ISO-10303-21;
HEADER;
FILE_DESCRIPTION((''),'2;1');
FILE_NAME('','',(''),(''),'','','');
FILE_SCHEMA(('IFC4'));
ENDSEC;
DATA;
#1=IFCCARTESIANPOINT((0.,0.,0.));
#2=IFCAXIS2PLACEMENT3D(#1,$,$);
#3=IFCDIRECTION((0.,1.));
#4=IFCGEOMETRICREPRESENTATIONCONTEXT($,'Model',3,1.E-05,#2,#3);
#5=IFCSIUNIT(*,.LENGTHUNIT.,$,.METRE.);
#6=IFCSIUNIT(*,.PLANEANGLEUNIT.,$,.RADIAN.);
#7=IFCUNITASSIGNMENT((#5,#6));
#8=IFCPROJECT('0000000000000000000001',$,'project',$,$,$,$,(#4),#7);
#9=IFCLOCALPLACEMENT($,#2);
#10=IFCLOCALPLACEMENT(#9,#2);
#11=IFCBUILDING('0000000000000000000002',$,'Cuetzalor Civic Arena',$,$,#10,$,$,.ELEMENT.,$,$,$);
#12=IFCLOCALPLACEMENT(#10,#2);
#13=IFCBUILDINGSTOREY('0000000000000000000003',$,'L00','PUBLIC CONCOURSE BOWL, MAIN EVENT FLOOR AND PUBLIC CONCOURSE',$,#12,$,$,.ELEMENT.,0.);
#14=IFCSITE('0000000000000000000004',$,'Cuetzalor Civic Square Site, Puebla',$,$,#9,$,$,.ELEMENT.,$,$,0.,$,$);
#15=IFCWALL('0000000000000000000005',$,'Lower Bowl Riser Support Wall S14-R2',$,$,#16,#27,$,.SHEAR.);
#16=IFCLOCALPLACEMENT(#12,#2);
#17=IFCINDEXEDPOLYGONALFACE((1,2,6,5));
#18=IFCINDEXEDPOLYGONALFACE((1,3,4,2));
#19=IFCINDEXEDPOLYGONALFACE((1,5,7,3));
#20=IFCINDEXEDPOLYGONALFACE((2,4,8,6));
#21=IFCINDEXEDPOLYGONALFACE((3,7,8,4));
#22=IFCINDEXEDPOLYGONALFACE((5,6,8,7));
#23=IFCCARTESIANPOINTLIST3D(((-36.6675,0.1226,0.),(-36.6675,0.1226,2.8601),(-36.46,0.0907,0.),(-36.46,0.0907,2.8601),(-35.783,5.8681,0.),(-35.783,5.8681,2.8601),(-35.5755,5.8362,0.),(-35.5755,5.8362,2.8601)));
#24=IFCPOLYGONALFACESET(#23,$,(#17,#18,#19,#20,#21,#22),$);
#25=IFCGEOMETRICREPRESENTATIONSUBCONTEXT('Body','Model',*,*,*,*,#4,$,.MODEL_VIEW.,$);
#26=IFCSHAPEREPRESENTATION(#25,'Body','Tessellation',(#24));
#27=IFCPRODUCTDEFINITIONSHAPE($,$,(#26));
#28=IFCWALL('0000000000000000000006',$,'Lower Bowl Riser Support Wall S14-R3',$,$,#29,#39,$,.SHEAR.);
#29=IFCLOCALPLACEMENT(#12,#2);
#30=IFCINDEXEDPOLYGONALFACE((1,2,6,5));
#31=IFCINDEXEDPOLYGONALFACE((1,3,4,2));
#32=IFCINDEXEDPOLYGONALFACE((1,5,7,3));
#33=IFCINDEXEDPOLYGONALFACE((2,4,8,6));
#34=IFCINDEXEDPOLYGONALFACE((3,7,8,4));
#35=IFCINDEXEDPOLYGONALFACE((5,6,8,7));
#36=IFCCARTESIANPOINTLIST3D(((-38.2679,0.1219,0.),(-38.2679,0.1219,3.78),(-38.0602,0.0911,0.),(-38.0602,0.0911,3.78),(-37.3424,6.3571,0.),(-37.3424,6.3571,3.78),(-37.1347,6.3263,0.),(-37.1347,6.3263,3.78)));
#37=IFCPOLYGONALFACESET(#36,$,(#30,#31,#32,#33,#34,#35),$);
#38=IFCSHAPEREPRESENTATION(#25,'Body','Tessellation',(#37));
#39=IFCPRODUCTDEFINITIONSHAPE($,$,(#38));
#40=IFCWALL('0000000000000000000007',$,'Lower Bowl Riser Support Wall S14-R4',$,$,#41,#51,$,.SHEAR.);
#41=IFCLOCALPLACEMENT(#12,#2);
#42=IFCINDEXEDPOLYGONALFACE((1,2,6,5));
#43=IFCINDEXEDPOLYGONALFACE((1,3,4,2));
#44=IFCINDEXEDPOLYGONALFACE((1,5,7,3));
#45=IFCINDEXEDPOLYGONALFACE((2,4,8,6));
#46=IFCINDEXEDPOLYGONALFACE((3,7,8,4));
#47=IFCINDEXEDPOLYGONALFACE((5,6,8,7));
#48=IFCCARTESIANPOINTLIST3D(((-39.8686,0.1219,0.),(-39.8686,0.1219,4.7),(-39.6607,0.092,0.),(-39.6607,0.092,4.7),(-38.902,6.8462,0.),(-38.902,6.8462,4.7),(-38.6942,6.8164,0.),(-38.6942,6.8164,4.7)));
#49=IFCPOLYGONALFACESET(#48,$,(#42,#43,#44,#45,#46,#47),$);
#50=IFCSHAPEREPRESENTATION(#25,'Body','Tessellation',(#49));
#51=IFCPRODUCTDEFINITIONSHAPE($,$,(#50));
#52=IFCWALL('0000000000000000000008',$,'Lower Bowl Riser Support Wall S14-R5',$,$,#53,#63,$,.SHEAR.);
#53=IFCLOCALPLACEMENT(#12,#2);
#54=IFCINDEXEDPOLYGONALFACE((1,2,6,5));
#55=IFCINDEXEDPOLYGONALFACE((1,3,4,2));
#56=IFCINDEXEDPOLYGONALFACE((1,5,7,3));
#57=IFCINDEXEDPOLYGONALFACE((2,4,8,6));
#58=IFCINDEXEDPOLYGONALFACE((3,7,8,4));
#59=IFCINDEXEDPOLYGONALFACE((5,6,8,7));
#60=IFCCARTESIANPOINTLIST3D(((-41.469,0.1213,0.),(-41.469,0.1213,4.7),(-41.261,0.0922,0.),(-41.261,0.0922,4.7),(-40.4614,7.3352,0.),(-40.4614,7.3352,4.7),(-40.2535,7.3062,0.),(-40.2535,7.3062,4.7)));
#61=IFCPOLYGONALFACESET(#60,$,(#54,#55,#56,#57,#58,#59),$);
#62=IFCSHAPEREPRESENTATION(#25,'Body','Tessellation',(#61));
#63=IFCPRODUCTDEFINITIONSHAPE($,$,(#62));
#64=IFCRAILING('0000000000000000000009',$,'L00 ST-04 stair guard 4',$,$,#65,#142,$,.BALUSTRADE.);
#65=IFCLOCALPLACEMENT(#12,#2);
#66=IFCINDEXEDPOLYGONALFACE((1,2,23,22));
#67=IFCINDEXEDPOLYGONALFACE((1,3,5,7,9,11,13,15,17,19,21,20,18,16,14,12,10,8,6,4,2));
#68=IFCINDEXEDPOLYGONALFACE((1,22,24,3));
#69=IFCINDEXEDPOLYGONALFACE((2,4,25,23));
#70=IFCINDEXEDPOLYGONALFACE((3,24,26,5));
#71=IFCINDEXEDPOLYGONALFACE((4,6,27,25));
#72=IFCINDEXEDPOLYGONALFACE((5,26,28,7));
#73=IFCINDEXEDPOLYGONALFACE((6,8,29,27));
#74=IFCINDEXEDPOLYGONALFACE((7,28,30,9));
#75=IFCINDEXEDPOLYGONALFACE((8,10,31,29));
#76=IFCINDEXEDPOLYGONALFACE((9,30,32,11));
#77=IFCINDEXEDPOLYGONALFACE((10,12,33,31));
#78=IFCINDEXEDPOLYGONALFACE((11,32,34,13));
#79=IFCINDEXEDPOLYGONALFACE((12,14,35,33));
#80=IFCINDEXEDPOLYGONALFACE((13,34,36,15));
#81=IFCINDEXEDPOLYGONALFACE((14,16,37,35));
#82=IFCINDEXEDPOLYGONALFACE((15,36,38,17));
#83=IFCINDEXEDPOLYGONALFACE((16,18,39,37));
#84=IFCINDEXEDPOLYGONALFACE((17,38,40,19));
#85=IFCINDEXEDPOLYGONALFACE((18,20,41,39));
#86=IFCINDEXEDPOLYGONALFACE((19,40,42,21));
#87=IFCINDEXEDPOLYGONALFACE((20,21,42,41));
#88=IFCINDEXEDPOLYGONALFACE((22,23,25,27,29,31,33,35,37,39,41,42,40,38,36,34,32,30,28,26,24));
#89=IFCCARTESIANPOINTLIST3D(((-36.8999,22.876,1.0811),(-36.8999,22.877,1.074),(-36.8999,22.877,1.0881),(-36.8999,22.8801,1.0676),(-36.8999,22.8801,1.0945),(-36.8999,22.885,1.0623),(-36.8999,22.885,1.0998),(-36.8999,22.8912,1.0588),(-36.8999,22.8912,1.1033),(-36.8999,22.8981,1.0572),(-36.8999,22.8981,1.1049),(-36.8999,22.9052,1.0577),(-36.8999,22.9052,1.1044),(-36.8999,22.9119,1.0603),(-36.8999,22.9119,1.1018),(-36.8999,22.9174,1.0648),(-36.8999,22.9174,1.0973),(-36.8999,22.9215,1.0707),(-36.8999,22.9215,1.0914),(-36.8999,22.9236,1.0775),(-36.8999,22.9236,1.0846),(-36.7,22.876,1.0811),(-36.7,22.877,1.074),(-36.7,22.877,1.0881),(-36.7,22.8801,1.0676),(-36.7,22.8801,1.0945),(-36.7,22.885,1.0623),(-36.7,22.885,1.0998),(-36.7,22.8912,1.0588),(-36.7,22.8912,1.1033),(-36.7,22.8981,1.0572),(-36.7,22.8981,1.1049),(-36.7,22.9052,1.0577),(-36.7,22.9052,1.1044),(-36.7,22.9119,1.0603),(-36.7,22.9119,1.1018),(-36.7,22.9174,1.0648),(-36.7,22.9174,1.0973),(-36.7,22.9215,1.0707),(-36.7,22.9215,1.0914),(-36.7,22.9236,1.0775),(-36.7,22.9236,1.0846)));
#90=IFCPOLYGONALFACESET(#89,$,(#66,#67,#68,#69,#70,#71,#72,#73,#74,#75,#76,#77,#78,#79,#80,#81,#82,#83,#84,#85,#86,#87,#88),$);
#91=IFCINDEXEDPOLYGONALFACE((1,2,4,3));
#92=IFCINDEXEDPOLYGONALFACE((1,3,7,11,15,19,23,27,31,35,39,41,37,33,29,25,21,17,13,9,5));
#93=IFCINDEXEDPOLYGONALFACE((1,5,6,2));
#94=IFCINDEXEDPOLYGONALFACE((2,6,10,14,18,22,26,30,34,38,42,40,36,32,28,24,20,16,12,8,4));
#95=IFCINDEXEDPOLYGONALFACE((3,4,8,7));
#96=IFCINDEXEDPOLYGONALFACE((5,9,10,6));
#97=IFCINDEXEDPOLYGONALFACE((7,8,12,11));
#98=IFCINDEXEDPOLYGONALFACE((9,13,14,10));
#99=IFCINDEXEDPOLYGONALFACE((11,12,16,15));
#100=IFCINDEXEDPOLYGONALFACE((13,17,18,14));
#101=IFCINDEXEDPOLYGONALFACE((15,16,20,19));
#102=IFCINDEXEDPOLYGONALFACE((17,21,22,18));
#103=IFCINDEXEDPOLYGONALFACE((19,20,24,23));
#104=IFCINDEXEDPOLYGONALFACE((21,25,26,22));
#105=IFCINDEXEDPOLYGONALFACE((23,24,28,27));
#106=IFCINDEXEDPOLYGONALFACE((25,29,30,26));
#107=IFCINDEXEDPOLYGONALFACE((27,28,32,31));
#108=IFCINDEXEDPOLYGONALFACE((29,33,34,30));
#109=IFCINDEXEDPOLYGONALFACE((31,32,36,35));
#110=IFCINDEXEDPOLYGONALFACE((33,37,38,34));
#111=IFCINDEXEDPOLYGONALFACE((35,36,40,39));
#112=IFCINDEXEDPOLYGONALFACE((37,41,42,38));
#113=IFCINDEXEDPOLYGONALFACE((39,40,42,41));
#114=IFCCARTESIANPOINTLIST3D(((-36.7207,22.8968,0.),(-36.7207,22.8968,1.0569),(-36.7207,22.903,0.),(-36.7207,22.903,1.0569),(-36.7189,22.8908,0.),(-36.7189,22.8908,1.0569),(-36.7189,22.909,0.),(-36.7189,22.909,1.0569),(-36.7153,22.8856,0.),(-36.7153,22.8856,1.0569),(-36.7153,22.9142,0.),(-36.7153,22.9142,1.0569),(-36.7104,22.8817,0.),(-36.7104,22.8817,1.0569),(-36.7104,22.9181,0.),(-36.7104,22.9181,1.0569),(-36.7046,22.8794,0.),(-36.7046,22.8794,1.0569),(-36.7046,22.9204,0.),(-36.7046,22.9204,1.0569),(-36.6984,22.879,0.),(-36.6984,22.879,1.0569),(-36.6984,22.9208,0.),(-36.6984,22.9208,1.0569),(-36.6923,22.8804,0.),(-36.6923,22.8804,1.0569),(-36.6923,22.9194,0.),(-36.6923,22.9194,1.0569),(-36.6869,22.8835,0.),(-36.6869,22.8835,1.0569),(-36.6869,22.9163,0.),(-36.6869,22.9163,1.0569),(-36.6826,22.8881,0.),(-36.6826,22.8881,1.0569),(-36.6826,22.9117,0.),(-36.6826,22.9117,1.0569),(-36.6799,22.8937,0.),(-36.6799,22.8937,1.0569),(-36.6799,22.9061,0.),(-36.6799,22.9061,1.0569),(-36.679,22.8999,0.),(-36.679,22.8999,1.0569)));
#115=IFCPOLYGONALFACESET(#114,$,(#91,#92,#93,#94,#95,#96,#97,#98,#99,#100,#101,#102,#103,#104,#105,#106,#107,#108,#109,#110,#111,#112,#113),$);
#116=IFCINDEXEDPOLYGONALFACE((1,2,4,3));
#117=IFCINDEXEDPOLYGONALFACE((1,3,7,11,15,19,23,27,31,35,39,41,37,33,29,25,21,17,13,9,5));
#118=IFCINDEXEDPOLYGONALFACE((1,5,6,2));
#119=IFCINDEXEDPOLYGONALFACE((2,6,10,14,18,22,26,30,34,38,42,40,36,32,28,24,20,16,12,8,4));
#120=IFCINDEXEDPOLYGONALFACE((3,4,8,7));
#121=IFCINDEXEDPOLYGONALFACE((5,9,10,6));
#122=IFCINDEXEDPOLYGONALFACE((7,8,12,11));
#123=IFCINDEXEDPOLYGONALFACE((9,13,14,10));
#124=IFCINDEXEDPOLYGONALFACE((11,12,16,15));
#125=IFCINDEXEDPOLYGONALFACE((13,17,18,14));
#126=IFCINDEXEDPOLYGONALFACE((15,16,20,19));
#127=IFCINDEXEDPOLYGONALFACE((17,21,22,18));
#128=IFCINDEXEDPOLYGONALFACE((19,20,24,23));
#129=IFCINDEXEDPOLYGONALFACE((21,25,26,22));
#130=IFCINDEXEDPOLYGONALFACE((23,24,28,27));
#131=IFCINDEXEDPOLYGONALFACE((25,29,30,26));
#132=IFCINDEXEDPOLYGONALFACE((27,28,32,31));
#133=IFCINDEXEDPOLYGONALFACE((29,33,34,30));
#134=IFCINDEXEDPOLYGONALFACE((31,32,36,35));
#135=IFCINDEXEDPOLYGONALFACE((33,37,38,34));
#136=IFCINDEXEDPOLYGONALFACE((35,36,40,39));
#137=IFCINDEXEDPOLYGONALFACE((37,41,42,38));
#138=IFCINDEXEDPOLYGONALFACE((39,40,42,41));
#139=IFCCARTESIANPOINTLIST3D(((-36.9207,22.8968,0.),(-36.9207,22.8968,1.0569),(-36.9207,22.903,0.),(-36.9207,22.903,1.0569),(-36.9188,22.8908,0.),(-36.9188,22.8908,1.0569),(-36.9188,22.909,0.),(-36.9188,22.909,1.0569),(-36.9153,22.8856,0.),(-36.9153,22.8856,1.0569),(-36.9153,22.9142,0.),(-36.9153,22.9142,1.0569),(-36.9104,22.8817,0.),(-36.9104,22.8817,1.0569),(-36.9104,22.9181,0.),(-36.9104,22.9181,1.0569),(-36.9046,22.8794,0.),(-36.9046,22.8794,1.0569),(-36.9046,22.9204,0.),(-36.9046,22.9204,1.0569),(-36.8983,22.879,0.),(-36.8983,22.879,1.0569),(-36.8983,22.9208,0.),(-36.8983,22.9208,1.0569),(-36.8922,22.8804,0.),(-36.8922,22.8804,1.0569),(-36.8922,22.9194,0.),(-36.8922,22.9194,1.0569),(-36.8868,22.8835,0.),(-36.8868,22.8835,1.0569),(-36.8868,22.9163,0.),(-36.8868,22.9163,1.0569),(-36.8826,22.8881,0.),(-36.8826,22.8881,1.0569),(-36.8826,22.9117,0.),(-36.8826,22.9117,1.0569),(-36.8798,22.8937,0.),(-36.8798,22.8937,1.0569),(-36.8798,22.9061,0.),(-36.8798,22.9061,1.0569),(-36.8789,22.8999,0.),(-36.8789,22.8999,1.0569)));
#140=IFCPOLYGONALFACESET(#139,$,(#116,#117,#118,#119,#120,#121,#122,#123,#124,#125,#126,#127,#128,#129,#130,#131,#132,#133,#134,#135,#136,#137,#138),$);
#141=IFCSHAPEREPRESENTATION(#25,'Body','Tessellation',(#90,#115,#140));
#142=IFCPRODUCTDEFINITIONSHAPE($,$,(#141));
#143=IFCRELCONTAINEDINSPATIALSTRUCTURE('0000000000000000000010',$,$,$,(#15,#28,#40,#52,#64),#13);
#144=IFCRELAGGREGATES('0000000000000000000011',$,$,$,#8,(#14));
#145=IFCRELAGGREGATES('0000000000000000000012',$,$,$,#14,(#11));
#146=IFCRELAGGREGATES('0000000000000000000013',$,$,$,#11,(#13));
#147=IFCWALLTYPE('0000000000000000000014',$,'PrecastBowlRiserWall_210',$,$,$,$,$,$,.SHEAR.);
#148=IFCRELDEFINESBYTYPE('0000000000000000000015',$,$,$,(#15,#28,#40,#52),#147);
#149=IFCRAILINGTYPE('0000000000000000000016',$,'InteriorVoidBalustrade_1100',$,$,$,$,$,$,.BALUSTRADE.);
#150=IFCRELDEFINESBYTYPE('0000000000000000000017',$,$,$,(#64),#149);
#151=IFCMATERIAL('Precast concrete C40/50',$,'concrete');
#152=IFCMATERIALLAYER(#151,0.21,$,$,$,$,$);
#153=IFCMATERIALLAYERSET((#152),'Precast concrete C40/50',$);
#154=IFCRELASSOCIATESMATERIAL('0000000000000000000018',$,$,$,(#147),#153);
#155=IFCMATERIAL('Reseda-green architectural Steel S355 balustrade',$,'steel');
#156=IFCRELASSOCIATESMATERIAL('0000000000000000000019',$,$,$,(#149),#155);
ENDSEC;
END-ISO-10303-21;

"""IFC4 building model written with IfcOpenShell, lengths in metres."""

from ifc_helpers import new_model, si_unit, direction, frame, frame_2d, origin, origin_2d, place, context, subcontext, project, spatial, rectangle, circle, extrude, material, layer, layer_set, type_object, element, save


model = new_model("IFC4")

# Units and contexts
model_context = context("Model", 3, precision=1e-05, world=origin(), true_north=direction((0.0, 1.0)))
body_context = subcontext(model_context, "Body", "Model", "MODEL_VIEW")
ifc_project = project(units=[si_unit("LENGTHUNIT", "METRE"), si_unit("PLANEANGLEUNIT", "RADIAN")], contexts=[model_context])

# Site, building, storey
site_placement = place(None, origin())
site = spatial("IfcSite", under=ifc_project, at=site_placement, Name="Cuetzalor Civic Square Site, Puebla", CompositionType="ELEMENT", RefElevation=0.0)
building_placement = place(site_placement, origin())
building = spatial("IfcBuilding", under=site, at=building_placement, Name="Cuetzalor Civic Arena", CompositionType="ELEMENT")
storey_placement = place(building_placement, origin())
storey = spatial("IfcBuildingStorey", under=building, at=storey_placement, Name="L00", Description="PUBLIC CONCOURSE BOWL, MAIN EVENT FLOOR AND PUBLIC CONCOURSE", CompositionType="ELEMENT", Elevation=0.0)

# Walls
ifc_material_1 = material(Name="Precast concrete C40/50", Category="concrete")
ifc_layer_1 = layer(ifc_material_1, 0.21)
ifc_layer_set_1 = layer_set([ifc_layer_1], Name="Precast concrete C40/50")
wall_type_1 = type_object("IfcWallType", Name="PrecastBowlRiserWall_210", PredefinedType="SHEAR", material=ifc_layer_set_1)
wall_1_placement = place(storey_placement, frame((-35.6792, 5.8523, 0.0), z_axis=(0.0, 0.0, 1.0), x_axis=(-0.152155, -0.988357, 0.0)))
element("IfcWall", 1, at=wall_1_placement, inside=storey, type_object=wall_type_1, Name="Lower Bowl Riser Support Wall S14-R2", PredefinedType="SHEAR", context=body_context, shape_type="SweptSolid", body=[
    extrude(rectangle(XDim=5.8132, YDim=0.21, at=frame_2d((2.9067, 0.0))), origin(), (0.0, 0.0, 1.0), 2.8601),
])
wall_2_placement = place(storey_placement, frame((-37.2385, 6.3418, 0.0), z_axis=(0.0, 0.0, 1.0), x_axis=(-0.146831, -0.989162, 0.0)))
element("IfcWall", 2, at=wall_2_placement, inside=storey, type_object=wall_type_1, Name="Lower Bowl Riser Support Wall S14-R3", PredefinedType="SHEAR", context=body_context, shape_type="SweptSolid", body=[
    extrude(rectangle(XDim=6.3035, YDim=0.21, at=frame_2d((3.1519, 0.0))), origin(), (0.0, 0.0, 1.0), 3.78),
])
wall_3_placement = place(storey_placement, frame((-38.7981, 6.8313, 0.0), z_axis=(0.0, 0.0, 1.0), x_axis=(-0.142277, -0.989827, 0.0)))
element("IfcWall", 3, at=wall_3_placement, inside=storey, type_object=wall_type_1, Name="Lower Bowl Riser Support Wall S14-R4", PredefinedType="SHEAR", context=body_context, shape_type="SweptSolid", body=[
    extrude(rectangle(XDim=6.7935, YDim=0.21, at=frame_2d((3.3967, 0.0))), origin(), (0.0, 0.0, 1.0), 4.7),
])
wall_4_placement = place(storey_placement, frame((-40.3574, 7.3208, 0.0), z_axis=(0.0, 0.0, 1.0), x_axis=(-0.138328, -0.990386, 0.0)))
element("IfcWall", 4, at=wall_4_placement, inside=storey, type_object=wall_type_1, Name="Lower Bowl Riser Support Wall S14-R5", PredefinedType="SHEAR", context=body_context, shape_type="SweptSolid", body=[
    extrude(rectangle(XDim=7.2839, YDim=0.21, at=frame_2d((3.6421, 0.0))), origin(), (0.0, 0.0, 1.0), 4.7),
])

# Railing
ifc_material_2 = material(Name="Reseda-green architectural Steel S355 balustrade", Category="steel")
railing_type = type_object("IfcRailingType", Name="InteriorVoidBalustrade_1100", PredefinedType="BALUSTRADE", material=ifc_material_2)
railing_placement = place(storey_placement, frame((-36.7, 22.8999, 0.0)))
element("IfcRailing", 5, at=railing_placement, inside=storey, type_object=railing_type, Name="L00 ST-04 stair guard 4", PredefinedType="BALUSTRADE", context=body_context, shape_type="SweptSolid", body=[
    extrude(circle(Radius=0.0239, at=origin_2d()), frame((0.0, 0.0, 1.0811), z_axis=(-1.0, 0.0, 0.0), x_axis=(0.0, -1.0, 0.0)), (0.0, 0.0, 1.0), 0.2),
    extrude(circle(Radius=0.021, at=origin_2d()), origin(), (0.0, 0.0, 1.0), 1.0569),
    extrude(circle(Radius=0.021, at=origin_2d()), frame((-0.2, 0.0, 0.0)), (0.0, 0.0, 1.0), 1.0569),
])

save(model, "model.ifc")
